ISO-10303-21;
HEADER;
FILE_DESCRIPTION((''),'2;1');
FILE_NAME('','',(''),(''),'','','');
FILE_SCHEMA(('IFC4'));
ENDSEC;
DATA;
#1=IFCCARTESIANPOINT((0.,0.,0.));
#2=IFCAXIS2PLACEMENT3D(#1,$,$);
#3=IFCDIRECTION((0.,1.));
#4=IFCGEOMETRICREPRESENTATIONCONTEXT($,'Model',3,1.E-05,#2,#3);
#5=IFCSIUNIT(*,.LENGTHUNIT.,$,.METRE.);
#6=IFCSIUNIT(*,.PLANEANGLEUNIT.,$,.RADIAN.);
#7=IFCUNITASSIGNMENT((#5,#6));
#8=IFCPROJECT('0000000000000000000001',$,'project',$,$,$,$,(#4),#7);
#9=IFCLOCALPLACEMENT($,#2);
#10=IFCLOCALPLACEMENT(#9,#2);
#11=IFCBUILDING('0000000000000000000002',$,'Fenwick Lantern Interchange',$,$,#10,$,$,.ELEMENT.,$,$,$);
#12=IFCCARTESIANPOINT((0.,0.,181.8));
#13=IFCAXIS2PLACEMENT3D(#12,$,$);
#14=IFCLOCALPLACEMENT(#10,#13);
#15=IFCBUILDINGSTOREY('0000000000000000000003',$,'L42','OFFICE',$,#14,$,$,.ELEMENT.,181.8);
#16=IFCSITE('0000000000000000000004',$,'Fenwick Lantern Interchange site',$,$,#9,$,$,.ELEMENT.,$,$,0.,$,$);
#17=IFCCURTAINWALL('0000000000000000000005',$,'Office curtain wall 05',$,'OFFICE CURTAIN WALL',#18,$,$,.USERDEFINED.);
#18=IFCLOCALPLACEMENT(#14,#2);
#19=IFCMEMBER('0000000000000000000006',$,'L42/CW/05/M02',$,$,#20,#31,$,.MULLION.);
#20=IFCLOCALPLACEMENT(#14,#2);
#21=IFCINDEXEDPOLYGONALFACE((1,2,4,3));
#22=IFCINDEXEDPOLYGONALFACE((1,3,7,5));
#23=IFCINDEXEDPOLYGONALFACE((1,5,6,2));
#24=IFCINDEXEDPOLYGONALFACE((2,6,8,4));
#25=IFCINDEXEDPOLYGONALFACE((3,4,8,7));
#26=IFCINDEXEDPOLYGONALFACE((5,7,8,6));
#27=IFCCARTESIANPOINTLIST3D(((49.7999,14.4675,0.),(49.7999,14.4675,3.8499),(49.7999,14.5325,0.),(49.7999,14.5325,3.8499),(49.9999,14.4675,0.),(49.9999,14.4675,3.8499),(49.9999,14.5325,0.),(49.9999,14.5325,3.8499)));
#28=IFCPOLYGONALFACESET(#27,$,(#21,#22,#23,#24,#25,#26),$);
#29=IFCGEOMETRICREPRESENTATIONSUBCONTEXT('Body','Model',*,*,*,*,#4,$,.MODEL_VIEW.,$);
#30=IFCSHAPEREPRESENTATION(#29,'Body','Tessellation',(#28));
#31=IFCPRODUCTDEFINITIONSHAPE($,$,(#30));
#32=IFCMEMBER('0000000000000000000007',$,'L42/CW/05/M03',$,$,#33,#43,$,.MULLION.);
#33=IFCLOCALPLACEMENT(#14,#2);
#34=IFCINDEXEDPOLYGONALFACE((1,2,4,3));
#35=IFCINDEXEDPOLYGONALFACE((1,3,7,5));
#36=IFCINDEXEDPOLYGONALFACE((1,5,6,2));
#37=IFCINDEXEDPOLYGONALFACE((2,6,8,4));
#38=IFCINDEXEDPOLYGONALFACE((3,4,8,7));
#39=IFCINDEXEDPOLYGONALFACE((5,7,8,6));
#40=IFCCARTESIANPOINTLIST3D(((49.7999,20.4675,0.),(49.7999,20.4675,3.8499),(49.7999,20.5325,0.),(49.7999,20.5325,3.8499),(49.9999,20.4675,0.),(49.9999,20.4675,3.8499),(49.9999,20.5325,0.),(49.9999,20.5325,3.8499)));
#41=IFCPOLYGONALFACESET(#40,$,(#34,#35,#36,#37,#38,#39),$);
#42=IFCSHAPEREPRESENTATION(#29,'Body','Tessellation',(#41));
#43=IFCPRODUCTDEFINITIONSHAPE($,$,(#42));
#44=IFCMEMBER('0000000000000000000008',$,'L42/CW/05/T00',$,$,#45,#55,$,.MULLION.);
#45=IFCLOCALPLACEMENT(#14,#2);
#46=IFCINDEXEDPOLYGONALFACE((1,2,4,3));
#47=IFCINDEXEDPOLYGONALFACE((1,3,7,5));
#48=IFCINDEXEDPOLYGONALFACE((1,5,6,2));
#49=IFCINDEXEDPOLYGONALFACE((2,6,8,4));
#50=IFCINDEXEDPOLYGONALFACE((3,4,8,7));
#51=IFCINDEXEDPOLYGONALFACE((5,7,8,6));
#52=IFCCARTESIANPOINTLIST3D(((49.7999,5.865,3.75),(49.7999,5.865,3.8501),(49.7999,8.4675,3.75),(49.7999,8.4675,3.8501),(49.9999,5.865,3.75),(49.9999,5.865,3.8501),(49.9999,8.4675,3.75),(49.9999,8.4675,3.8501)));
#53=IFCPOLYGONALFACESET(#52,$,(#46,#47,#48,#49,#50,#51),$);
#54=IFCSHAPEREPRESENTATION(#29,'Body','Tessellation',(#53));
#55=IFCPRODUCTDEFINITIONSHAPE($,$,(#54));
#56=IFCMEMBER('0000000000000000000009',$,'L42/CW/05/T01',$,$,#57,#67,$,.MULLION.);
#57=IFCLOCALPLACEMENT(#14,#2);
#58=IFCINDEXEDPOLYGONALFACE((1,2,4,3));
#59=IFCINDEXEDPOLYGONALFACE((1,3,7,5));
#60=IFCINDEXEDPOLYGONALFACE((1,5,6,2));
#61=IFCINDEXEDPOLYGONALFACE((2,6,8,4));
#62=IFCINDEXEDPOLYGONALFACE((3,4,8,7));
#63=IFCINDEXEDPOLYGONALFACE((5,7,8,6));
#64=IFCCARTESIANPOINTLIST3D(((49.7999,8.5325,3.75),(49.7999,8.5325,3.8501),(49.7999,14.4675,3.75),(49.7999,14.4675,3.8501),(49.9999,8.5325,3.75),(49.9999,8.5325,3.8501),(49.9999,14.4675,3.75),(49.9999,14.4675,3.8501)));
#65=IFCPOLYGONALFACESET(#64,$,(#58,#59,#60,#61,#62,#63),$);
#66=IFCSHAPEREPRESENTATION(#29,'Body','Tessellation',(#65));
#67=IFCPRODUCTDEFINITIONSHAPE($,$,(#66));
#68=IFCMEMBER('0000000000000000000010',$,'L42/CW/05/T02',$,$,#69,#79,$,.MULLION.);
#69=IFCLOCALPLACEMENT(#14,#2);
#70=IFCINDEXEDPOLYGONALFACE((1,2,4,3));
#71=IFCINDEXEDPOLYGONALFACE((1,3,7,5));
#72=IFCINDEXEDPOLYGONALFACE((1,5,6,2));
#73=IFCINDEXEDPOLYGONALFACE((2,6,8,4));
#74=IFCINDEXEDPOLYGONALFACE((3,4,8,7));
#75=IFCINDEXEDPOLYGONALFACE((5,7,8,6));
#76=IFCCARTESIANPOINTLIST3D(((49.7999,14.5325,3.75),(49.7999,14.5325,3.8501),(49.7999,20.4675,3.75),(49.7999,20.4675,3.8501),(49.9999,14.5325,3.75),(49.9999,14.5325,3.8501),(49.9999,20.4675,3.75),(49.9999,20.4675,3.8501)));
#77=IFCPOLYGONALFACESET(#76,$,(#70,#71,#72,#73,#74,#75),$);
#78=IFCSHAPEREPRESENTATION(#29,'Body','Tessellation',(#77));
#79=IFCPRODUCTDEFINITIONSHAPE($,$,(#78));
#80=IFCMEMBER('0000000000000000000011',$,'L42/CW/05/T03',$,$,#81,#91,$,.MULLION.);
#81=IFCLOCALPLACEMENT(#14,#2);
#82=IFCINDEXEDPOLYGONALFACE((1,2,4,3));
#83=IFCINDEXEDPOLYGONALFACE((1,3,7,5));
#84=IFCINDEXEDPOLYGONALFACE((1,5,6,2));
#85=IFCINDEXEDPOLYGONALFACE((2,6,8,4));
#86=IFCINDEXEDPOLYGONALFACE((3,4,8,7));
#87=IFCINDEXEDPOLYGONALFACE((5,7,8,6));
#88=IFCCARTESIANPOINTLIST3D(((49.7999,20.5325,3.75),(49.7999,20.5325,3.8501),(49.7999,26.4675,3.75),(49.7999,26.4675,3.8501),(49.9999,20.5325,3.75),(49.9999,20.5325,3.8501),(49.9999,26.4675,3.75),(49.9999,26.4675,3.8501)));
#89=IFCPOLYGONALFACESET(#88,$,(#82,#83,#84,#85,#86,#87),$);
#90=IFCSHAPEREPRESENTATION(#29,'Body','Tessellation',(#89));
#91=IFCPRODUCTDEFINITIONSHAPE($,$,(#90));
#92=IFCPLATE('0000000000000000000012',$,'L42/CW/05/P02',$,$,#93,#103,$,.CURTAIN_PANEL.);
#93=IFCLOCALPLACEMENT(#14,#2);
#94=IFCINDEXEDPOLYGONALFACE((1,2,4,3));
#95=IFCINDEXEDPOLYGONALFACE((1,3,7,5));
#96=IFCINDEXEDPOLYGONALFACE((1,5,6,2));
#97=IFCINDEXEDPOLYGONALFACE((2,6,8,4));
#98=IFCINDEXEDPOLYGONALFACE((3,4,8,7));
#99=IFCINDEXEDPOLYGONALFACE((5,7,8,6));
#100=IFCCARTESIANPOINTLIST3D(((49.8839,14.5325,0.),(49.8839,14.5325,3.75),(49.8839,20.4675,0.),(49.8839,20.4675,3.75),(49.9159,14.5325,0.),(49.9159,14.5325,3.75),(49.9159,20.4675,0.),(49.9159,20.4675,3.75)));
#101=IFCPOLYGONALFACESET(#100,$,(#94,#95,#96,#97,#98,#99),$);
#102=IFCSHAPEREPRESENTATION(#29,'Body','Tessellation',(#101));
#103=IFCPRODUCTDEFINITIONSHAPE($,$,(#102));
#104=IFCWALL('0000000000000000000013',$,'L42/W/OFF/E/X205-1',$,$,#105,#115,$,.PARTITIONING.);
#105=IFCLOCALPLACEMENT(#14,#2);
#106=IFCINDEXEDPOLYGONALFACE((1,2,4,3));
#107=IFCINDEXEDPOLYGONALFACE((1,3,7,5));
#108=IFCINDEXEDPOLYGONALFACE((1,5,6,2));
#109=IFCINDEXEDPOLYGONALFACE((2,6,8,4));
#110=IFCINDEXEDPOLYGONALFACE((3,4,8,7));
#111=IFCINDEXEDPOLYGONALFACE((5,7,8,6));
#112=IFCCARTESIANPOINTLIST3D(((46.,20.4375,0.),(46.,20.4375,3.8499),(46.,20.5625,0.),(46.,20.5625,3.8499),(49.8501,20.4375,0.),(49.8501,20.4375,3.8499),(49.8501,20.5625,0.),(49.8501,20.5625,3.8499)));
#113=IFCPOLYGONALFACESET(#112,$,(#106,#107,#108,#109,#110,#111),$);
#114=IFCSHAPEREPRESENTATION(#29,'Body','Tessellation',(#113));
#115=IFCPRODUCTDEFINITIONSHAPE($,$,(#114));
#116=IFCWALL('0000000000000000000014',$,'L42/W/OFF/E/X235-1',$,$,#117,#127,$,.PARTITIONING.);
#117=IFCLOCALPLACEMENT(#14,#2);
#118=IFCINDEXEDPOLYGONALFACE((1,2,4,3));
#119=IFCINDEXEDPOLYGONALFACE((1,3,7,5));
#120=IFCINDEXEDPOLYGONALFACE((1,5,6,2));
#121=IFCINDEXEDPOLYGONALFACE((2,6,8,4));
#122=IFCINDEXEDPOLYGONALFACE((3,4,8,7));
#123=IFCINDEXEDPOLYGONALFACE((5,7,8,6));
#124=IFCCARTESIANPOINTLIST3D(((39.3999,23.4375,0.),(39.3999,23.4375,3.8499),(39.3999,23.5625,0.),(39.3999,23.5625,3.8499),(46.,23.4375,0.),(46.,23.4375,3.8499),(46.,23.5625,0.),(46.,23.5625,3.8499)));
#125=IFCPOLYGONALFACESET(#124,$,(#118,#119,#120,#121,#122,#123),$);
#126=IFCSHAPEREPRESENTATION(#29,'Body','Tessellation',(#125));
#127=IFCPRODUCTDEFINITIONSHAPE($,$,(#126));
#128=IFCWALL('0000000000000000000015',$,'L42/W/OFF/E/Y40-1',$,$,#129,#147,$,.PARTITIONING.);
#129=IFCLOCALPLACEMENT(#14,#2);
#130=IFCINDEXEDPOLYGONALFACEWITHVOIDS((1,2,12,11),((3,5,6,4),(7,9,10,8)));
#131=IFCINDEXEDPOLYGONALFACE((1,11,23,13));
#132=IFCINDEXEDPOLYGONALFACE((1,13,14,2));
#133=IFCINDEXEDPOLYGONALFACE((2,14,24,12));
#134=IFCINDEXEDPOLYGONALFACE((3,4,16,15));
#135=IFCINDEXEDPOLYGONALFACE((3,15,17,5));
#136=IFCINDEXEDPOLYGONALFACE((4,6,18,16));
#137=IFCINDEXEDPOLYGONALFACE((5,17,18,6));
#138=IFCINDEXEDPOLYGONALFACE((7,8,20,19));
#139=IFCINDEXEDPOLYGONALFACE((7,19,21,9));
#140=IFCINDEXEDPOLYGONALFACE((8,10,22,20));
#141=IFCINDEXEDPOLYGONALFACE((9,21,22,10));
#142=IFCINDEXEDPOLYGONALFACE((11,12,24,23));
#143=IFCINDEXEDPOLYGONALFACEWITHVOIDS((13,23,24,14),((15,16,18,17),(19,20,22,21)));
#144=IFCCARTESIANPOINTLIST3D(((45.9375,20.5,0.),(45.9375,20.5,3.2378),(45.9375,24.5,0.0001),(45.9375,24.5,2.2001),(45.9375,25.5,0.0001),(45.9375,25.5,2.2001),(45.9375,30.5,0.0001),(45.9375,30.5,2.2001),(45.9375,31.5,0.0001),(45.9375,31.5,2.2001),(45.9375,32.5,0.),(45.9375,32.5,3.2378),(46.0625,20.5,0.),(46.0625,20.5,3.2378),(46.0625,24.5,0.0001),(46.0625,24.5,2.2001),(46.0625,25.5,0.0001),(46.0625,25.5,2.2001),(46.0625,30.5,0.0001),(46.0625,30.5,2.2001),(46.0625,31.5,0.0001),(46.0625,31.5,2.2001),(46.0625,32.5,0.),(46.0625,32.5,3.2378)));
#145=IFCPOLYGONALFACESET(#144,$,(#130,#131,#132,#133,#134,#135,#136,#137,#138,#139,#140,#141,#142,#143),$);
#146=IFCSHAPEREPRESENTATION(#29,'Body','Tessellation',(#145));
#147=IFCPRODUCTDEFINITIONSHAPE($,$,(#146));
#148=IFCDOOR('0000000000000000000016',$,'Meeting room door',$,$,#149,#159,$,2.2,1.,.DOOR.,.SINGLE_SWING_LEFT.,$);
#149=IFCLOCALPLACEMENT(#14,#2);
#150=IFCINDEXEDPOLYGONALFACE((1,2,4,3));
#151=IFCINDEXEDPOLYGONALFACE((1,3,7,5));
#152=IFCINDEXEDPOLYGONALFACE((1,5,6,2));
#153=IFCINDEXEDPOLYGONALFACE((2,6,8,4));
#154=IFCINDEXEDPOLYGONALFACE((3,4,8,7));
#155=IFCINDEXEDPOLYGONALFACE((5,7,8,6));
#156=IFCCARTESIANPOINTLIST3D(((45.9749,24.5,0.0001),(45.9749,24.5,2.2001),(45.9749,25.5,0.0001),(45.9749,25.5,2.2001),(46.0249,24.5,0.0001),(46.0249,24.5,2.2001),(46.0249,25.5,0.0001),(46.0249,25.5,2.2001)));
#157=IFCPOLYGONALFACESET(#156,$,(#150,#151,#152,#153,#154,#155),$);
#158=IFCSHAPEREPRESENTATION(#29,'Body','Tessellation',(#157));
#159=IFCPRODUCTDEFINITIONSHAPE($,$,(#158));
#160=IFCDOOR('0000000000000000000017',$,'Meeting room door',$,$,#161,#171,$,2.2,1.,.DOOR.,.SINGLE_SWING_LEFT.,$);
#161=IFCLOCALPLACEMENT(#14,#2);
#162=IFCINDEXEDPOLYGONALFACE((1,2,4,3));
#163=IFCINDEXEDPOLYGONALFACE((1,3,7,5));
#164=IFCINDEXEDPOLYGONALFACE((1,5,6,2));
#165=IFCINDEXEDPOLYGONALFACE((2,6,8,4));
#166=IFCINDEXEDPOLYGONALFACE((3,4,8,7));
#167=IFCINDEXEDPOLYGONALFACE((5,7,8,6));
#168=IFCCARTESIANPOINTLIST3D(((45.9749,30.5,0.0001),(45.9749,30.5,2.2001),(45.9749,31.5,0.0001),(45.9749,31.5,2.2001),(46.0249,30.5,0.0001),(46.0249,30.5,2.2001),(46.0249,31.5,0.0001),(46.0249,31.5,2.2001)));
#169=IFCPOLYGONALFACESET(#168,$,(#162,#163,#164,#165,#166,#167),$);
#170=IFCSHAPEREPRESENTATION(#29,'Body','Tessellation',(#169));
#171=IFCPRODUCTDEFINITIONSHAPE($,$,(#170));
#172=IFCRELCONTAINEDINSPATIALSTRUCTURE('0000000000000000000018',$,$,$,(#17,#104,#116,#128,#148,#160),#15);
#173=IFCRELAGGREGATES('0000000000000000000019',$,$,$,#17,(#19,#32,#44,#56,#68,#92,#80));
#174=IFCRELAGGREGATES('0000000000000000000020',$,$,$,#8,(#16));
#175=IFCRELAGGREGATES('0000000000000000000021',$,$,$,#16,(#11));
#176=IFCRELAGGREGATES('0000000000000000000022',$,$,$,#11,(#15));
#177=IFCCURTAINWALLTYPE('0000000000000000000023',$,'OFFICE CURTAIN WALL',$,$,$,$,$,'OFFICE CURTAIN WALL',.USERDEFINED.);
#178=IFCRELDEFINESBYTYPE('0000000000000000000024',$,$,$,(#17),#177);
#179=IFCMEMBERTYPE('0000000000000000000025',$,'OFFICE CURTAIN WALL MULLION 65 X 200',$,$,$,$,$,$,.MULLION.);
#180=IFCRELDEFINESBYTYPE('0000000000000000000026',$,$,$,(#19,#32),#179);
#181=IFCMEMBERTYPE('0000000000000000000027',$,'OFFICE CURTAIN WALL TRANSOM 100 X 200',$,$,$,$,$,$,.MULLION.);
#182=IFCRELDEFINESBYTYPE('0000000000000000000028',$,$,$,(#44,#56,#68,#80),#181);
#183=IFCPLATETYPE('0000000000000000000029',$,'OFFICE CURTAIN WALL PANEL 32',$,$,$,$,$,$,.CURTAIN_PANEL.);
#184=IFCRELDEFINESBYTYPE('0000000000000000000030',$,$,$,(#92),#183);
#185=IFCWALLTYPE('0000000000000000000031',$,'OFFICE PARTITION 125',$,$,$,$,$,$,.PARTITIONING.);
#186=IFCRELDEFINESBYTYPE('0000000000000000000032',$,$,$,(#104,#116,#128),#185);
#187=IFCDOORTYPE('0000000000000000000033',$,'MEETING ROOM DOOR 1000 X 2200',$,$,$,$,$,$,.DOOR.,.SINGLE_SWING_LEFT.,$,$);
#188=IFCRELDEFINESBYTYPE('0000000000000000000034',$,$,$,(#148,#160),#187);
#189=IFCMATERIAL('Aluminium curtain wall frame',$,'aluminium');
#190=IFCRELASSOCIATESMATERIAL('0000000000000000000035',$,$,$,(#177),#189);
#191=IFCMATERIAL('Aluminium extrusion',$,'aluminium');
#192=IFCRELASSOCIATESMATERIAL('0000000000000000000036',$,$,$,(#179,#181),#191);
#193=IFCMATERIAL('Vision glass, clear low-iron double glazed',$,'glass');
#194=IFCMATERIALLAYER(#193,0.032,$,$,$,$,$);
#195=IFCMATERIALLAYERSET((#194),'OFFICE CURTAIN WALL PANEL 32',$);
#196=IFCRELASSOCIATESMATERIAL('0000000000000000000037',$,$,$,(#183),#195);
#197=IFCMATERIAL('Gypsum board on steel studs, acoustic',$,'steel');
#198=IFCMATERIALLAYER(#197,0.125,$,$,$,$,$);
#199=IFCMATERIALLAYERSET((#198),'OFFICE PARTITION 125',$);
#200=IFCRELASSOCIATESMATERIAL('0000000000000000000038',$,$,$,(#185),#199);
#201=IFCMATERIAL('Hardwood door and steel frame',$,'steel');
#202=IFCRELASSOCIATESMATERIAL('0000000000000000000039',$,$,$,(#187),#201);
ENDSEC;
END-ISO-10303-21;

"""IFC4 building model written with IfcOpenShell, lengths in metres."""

from ifc_helpers import new_model, si_unit, direction, frame, frame_2d, origin, origin_2d, place, context, subcontext, project, spatial, rectangle, extrude, material, layer, layer_set, material_profile, profile_set, type_object, element, fill, aggregate, save


model = new_model("IFC4")

# Units and contexts
model_context = context("Model", 3, precision=1e-05, world=origin(), true_north=direction((0.0, 1.0)))
body_context = subcontext(model_context, "Body", "Model", "MODEL_VIEW")
ifc_project = project(units=[si_unit("LENGTHUNIT", "METRE"), si_unit("PLANEANGLEUNIT", "RADIAN")], contexts=[model_context])

# Site, building, storey
site_placement = place(None, origin())
site = spatial("IfcSite", under=ifc_project, at=site_placement, Name="Fenwick Lantern Interchange site", CompositionType="ELEMENT", RefElevation=0.0)
building_placement = place(site_placement, origin())
building = spatial("IfcBuilding", under=site, at=building_placement, Name="Fenwick Lantern Interchange", CompositionType="ELEMENT")
storey_placement = place(building_placement, frame((0.0, 0.0, 181.8)))
storey = spatial("IfcBuildingStorey", under=building, at=storey_placement, Name="L42", Description="OFFICE", CompositionType="ELEMENT", Elevation=181.8)

# Curtain wall, members, plate
ifc_material_1 = material(Name="Aluminium curtain wall frame", Category="aluminium")
curtain_wall_type = type_object("IfcCurtainWallType", Name="OFFICE CURTAIN WALL", ElementType="OFFICE CURTAIN WALL", PredefinedType="USERDEFINED", material=ifc_material_1)
curtain_wall_placement = place(storey_placement, origin())
curtain_wall = element("IfcCurtainWall", 1, at=curtain_wall_placement, inside=storey, type_object=curtain_wall_type, Name="Office curtain wall 05", ObjectType="OFFICE CURTAIN WALL", PredefinedType="USERDEFINED")
ifc_material_2 = material(Name="Aluminium extrusion", Category="aluminium")
ifc_material_profile_1 = material_profile(ifc_material_2, rectangle(XDim=0.2, YDim=0.0649, at=origin_2d()), Name="OFFICE CURTAIN WALL MULLION 65 X 200")
ifc_profile_set_1 = profile_set([ifc_material_profile_1], Name="Aluminium extrusion")
member_type_1 = type_object("IfcMemberType", Name="OFFICE CURTAIN WALL MULLION 65 X 200", PredefinedType="MULLION", material=ifc_profile_set_1)
member_1_placement = place(storey_placement, frame((49.8999, 14.5, 0.0), z_axis=(0.0, 0.0, 1.0), x_axis=(-1.0, 0.0, 0.0)))
member_1 = element("IfcMember", 2, at=member_1_placement, type_object=member_type_1, Name="L42/CW/05/M02", PredefinedType="MULLION", context=body_context, shape_type="SweptSolid", body=[
    extrude(rectangle(XDim=0.2, YDim=0.0649, at=origin_2d()), origin(), (0.0, 0.0, 1.0), 3.8499),
])
member_2_placement = place(storey_placement, frame((49.8999, 20.5, 0.0), z_axis=(0.0, 0.0, 1.0), x_axis=(-1.0, 0.0, 0.0)))
member_2 = element("IfcMember", 3, at=member_2_placement, type_object=member_type_1, Name="L42/CW/05/M03", PredefinedType="MULLION", context=body_context, shape_type="SweptSolid", body=[
    extrude(rectangle(XDim=0.2, YDim=0.0649, at=origin_2d()), origin(), (0.0, 0.0, 1.0), 3.8499),
])
ifc_material_profile_2 = material_profile(ifc_material_2, rectangle(XDim=0.2, YDim=0.1001, at=origin_2d()), Name="OFFICE CURTAIN WALL TRANSOM 100 X 200")
ifc_profile_set_2 = profile_set([ifc_material_profile_2], Name="Aluminium extrusion")
member_type_2 = type_object("IfcMemberType", Name="OFFICE CURTAIN WALL TRANSOM 100 X 200", PredefinedType="MULLION", material=ifc_profile_set_2)
member_3_placement = place(storey_placement, frame((49.8999, 5.865, 3.8), z_axis=(0.0, 1.0, 0.0), x_axis=(-1.0, 0.0, 0.0)))
member_3 = element("IfcMember", 4, at=member_3_placement, type_object=member_type_2, Name="L42/CW/05/T00", PredefinedType="MULLION", context=body_context, shape_type="SweptSolid", body=[
    extrude(rectangle(XDim=0.2, YDim=0.1001, at=origin_2d()), origin(), (0.0, 0.0, 1.0), 2.6025),
])
member_4_placement = place(storey_placement, frame((49.8999, 8.5325, 3.8), z_axis=(0.0, 1.0, 0.0), x_axis=(-1.0, 0.0, 0.0)))
member_4 = element("IfcMember", 5, at=member_4_placement, type_object=member_type_2, Name="L42/CW/05/T01", PredefinedType="MULLION", context=body_context, shape_type="SweptSolid", body=[
    extrude(rectangle(XDim=0.2, YDim=0.1001, at=origin_2d()), origin(), (0.0, 0.0, 1.0), 5.9351),
])
member_5_placement = place(storey_placement, frame((49.8999, 14.5325, 3.8), z_axis=(0.0, 1.0, 0.0), x_axis=(-1.0, 0.0, 0.0)))
member_5 = element("IfcMember", 6, at=member_5_placement, type_object=member_type_2, Name="L42/CW/05/T02", PredefinedType="MULLION", context=body_context, shape_type="SweptSolid", body=[
    extrude(rectangle(XDim=0.2, YDim=0.1001, at=origin_2d()), origin(), (0.0, 0.0, 1.0), 5.9351),
])
member_6_placement = place(storey_placement, frame((49.8999, 20.5325, 3.8), z_axis=(0.0, 1.0, 0.0), x_axis=(-1.0, 0.0, 0.0)))
member_6 = element("IfcMember", 7, at=member_6_placement, type_object=member_type_2, Name="L42/CW/05/T03", PredefinedType="MULLION", context=body_context, shape_type="SweptSolid", body=[
    extrude(rectangle(XDim=0.2, YDim=0.1001, at=origin_2d()), origin(), (0.0, 0.0, 1.0), 5.9351),
])
ifc_material_3 = material(Name="Vision glass, clear low-iron double glazed", Category="glass")
ifc_layer_1 = layer(ifc_material_3, 0.032)
ifc_layer_set_1 = layer_set([ifc_layer_1], Name="OFFICE CURTAIN WALL PANEL 32")
plate_type = type_object("IfcPlateType", Name="OFFICE CURTAIN WALL PANEL 32", PredefinedType="CURTAIN_PANEL", material=ifc_layer_set_1)
plate_placement = place(storey_placement, frame((49.8999, 17.5, 0.0), z_axis=(0.0, 0.0, 1.0), x_axis=(0.0, 1.0, 0.0)))
plate = element("IfcPlate", 8, at=plate_placement, type_object=plate_type, Name="L42/CW/05/P02", PredefinedType="CURTAIN_PANEL", context=body_context, shape_type="SweptSolid", body=[
    extrude(rectangle(XDim=5.9351, YDim=0.032, at=origin_2d()), origin(), (0.0, 0.0, 1.0), 3.75),
])
aggregate(curtain_wall, [member_1, member_2, member_3, member_4, member_5, plate, member_6])

# Walls
ifc_material_4 = material(Name="Gypsum board on steel studs, acoustic", Category="steel")
ifc_layer_2 = layer(ifc_material_4, 0.125)
ifc_layer_set_2 = layer_set([ifc_layer_2], Name="OFFICE PARTITION 125")
wall_type = type_object("IfcWallType", Name="OFFICE PARTITION 125", PredefinedType="PARTITIONING", material=ifc_layer_set_2)
wall_1_placement = place(storey_placement, frame((49.8501, 20.5, 0.0), z_axis=(0.0, 0.0, 1.0), x_axis=(-1.0, 0.0, 0.0)))
element("IfcWall", 9, at=wall_1_placement, inside=storey, type_object=wall_type, Name="L42/W/OFF/E/X205-1", PredefinedType="PARTITIONING", context=body_context, shape_type="SweptSolid", body=[
    extrude(rectangle(XDim=3.8501, YDim=0.125, at=frame_2d((1.925, 0.0))), origin(), (0.0, 0.0, 1.0), 3.8499),
])
wall_2_placement = place(storey_placement, frame((46.0, 23.5, 0.0), z_axis=(0.0, 0.0, 1.0), x_axis=(-1.0, 0.0, 0.0)))
element("IfcWall", 10, at=wall_2_placement, inside=storey, type_object=wall_type, Name="L42/W/OFF/E/X235-1", PredefinedType="PARTITIONING", context=body_context, shape_type="SweptSolid", body=[
    extrude(rectangle(XDim=6.6001, YDim=0.125, at=frame_2d((3.3, 0.0))), origin(), (0.0, 0.0, 1.0), 3.8499),
])

# Wall, openings, doors
wall_3_placement = place(storey_placement, frame((46.0, 20.5, 0.0), z_axis=(0.0, 0.0, 1.0), x_axis=(0.0, 1.0, 0.0)))
wall_3 = element("IfcWall", 11, at=wall_3_placement, inside=storey, type_object=wall_type, Name="L42/W/OFF/E/Y40-1", PredefinedType="PARTITIONING", context=body_context, shape_type="SweptSolid", body=[
    extrude(rectangle(XDim=12.0, YDim=0.125, at=frame_2d((6.0, 0.0))), origin(), (0.0, 0.0, 1.0), 3.2378),
])
opening_1_placement = place(wall_3_placement, frame((4.0, 0.0, 0.0)))
opening_1 = element("IfcOpeningElement", 12, at=opening_1_placement, cuts=wall_3, PredefinedType="OPENING", context=body_context, shape_type="SweptSolid", body=[
    extrude(rectangle(XDim=1.0, YDim=2.2, at=frame_2d((0.5, 1.1001))), frame((0.0, 0.0725, 0.0), z_axis=(0.0, -1.0, 0.0), x_axis=(1.0, 0.0, 0.0)), (0.0, 0.0, 1.0), 0.145),
])
opening_2_placement = place(wall_3_placement, frame((10.0, 0.0, 0.0)))
opening_2 = element("IfcOpeningElement", 13, at=opening_2_placement, cuts=wall_3, PredefinedType="OPENING", context=body_context, shape_type="SweptSolid", body=[
    extrude(rectangle(XDim=1.0, YDim=2.2, at=frame_2d((0.5, 1.1001))), frame((0.0, 0.0725, 0.0), z_axis=(0.0, -1.0, 0.0), x_axis=(1.0, 0.0, 0.0)), (0.0, 0.0, 1.0), 0.145),
])
ifc_material_5 = material(Name="Hardwood door and steel frame", Category="steel")
door_type = type_object("IfcDoorType", Name="MEETING ROOM DOOR 1000 X 2200", OperationType="SINGLE_SWING_LEFT", PredefinedType="DOOR", material=ifc_material_5)
door_1_placement = place(opening_1_placement, frame((1.0, 0.0, 0.0), z_axis=(0.0, 0.0, 1.0), x_axis=(-1.0, 0.0, 0.0)))
door_1 = element("IfcDoor", 14, at=door_1_placement, inside=storey, type_object=door_type, Name="Meeting room door", OperationType="SINGLE_SWING_LEFT", OverallHeight=2.2, OverallWidth=1.0, PredefinedType="DOOR", context=body_context, shape_type="SweptSolid", body=[
    extrude(rectangle(XDim=1.0, YDim=2.2, at=frame_2d((0.5, 1.1001))), frame((0.0, 0.0249, 0.0), z_axis=(0.0, -1.0, 0.0), x_axis=(1.0, 0.0, 0.0)), (0.0, 0.0, 1.0), 0.05),
])
fill(opening_1, door_1)
door_2_placement = place(opening_2_placement, frame((1.0, 0.0, 0.0), z_axis=(0.0, 0.0, 1.0), x_axis=(-1.0, 0.0, 0.0)))
door_2 = element("IfcDoor", 15, at=door_2_placement, inside=storey, type_object=door_type, Name="Meeting room door", OperationType="SINGLE_SWING_LEFT", OverallHeight=2.2, OverallWidth=1.0, PredefinedType="DOOR", context=body_context, shape_type="SweptSolid", body=[
    extrude(rectangle(XDim=1.0, YDim=2.2, at=frame_2d((0.5, 1.1001))), frame((0.0, 0.0249, 0.0), z_axis=(0.0, -1.0, 0.0), x_axis=(1.0, 0.0, 0.0)), (0.0, 0.0, 1.0), 0.05),
])
fill(opening_2, door_2)

save(model, "model.ifc")
